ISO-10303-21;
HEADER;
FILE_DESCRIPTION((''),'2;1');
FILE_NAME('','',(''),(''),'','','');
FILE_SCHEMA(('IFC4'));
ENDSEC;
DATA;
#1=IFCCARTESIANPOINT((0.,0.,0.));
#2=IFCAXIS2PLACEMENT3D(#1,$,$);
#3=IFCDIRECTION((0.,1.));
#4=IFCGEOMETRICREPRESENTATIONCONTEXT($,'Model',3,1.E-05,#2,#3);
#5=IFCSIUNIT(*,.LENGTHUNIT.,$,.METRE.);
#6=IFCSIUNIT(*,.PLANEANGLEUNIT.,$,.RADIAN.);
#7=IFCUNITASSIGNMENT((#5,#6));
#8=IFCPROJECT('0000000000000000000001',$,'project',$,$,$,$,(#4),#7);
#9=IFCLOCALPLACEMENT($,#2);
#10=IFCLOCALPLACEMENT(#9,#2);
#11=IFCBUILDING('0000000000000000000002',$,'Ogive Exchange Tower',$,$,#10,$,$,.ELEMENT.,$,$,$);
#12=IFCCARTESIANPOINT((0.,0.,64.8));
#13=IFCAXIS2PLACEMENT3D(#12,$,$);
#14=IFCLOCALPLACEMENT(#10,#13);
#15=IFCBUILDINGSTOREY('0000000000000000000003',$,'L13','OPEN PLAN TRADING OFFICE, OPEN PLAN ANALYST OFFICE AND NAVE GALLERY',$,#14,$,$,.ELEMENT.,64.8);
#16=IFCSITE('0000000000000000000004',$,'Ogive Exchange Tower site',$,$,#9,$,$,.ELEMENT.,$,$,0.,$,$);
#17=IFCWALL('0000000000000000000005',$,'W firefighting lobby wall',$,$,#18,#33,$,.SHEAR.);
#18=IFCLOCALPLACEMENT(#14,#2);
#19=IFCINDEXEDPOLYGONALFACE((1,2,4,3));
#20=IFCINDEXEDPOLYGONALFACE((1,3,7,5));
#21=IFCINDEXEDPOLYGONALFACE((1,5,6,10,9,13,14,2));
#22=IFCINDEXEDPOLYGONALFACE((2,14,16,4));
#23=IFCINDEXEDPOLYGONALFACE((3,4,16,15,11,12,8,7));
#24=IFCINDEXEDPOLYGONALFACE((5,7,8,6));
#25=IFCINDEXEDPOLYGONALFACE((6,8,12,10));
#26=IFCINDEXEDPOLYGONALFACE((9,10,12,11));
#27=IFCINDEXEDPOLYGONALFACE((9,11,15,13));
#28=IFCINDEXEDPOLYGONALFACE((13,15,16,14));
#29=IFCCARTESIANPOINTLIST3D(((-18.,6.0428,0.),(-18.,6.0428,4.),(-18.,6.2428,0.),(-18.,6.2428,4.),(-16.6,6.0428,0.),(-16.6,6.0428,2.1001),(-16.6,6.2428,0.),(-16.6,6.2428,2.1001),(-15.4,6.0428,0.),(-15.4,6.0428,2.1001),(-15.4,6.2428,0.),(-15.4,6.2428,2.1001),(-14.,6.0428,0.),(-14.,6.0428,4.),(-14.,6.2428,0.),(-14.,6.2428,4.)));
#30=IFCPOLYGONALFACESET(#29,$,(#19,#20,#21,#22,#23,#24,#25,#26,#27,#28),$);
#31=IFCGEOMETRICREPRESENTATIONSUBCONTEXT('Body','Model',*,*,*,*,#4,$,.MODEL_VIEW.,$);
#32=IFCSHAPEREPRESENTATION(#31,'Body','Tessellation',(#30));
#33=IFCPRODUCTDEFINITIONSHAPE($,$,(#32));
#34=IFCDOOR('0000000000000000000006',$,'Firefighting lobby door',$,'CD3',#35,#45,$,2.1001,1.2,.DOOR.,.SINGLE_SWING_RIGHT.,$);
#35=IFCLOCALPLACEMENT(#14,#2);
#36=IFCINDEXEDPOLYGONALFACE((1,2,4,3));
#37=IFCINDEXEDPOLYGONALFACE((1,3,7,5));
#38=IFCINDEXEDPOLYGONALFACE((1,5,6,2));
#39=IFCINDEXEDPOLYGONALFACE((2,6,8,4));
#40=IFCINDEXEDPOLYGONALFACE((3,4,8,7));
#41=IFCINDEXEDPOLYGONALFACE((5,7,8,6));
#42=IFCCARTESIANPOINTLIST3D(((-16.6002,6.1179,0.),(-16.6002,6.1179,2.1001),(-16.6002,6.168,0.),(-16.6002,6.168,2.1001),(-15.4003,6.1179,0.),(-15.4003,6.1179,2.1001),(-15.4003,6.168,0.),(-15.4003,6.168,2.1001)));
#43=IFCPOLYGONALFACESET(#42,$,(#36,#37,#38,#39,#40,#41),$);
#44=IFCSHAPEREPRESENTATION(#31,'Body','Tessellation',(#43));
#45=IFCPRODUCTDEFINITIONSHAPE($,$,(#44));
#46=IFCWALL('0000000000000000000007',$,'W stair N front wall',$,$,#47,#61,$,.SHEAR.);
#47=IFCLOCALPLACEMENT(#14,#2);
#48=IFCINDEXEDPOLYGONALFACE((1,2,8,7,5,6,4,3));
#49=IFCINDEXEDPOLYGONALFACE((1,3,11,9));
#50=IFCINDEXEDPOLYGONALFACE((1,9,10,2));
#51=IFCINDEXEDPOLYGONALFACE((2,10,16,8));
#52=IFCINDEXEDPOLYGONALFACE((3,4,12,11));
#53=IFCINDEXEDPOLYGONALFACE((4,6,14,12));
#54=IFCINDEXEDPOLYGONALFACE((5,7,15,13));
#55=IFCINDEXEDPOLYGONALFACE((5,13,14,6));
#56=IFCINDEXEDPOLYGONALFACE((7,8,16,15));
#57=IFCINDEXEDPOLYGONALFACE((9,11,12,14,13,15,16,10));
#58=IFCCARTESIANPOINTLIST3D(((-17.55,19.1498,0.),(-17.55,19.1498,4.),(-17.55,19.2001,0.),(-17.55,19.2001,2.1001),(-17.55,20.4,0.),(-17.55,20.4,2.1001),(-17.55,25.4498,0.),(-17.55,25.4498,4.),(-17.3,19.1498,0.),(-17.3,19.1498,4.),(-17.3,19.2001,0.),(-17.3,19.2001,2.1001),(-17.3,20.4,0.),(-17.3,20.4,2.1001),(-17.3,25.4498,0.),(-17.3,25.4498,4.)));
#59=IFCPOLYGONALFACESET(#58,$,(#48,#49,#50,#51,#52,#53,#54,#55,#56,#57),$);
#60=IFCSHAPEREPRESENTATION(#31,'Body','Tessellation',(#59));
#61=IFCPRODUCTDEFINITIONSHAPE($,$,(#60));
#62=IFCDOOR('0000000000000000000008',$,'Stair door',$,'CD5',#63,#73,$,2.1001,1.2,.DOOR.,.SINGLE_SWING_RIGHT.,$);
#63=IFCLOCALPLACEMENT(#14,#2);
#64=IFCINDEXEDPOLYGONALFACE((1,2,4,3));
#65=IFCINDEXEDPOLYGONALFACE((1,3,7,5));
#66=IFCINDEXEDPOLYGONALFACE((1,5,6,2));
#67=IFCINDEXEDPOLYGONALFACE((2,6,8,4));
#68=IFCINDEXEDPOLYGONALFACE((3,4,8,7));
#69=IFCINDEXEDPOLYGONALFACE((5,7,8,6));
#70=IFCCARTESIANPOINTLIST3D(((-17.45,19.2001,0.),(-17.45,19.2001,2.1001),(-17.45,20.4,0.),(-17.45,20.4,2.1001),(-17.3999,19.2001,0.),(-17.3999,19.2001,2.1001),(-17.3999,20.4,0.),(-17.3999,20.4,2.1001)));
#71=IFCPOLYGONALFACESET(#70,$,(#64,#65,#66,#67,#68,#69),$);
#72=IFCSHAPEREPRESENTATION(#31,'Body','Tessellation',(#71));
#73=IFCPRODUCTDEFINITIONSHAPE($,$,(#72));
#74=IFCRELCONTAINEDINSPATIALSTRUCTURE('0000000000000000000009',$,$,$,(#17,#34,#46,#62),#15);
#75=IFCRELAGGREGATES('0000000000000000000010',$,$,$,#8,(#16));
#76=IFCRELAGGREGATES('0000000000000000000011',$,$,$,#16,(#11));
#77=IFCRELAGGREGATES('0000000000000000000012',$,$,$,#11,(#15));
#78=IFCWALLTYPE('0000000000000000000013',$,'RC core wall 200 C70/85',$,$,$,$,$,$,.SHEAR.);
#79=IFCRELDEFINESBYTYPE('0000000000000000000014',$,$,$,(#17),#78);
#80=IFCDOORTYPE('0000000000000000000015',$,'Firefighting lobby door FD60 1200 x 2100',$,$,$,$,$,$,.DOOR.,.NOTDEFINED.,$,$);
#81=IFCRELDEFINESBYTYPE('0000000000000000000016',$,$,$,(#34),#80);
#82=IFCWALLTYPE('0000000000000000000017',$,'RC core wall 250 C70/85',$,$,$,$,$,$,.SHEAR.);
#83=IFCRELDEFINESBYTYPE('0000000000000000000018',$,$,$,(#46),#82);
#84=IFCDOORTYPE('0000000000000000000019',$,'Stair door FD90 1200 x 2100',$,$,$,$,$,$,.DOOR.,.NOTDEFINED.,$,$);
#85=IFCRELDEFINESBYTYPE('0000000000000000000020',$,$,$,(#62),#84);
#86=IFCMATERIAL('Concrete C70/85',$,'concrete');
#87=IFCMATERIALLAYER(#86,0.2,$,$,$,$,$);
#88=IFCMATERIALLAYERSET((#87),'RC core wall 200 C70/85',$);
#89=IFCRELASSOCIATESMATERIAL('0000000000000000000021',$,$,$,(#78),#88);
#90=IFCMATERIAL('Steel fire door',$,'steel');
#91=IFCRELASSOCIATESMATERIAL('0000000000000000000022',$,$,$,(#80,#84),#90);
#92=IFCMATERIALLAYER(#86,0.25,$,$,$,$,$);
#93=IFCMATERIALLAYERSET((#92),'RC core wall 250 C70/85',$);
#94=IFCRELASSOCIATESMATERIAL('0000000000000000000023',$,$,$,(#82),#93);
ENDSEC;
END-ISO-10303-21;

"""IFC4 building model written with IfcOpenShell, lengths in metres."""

from ifc_helpers import new_model, si_unit, direction, frame, frame_2d, origin, place, context, subcontext, project, spatial, rectangle, extrude, material, layer, layer_set, type_object, element, fill, save


model = new_model("IFC4")

# Units and contexts
model_context = context("Model", 3, precision=1e-05, world=origin(), true_north=direction((0.0, 1.0)))
body_context = subcontext(model_context, "Body", "Model", "MODEL_VIEW")
ifc_project = project(units=[si_unit("LENGTHUNIT", "METRE"), si_unit("PLANEANGLEUNIT", "RADIAN")], contexts=[model_context])

# Site, building, storey
site_placement = place(None, origin())
site = spatial("IfcSite", under=ifc_project, at=site_placement, Name="Ogive Exchange Tower site", CompositionType="ELEMENT", RefElevation=0.0)
building_placement = place(site_placement, origin())
building = spatial("IfcBuilding", under=site, at=building_placement, Name="Ogive Exchange Tower", CompositionType="ELEMENT")
storey_placement = place(building_placement, frame((0.0, 0.0, 64.8)))
storey = spatial("IfcBuildingStorey", under=building, at=storey_placement, Name="L13", Description="OPEN PLAN TRADING OFFICE, OPEN PLAN ANALYST OFFICE AND NAVE GALLERY", CompositionType="ELEMENT", Elevation=64.8)

# Walls, openings, doors
ifc_material_1 = material(Name="Concrete C70/85", Category="concrete")
ifc_layer_1 = layer(ifc_material_1, 0.2)
ifc_layer_set_1 = layer_set([ifc_layer_1], Name="RC core wall 200 C70/85")
wall_type_1 = type_object("IfcWallType", Name="RC core wall 200 C70/85", PredefinedType="SHEAR", material=ifc_layer_set_1)
wall_1_placement = place(storey_placement, frame((-18.0, 6.1428, 0.0), z_axis=(0.0, 0.0, 1.0), x_axis=(1.0, 0.0, 0.0)))
wall_1 = element("IfcWall", 1, at=wall_1_placement, inside=storey, type_object=wall_type_1, Name="W firefighting lobby wall", PredefinedType="SHEAR", context=body_context, shape_type="SweptSolid", body=[
    extrude(rectangle(XDim=4.0, YDim=0.2, at=frame_2d((2.0, 0.0))), origin(), (0.0, 0.0, 1.0), 4.0),
])
opening_1_placement = place(wall_1_placement, frame((1.3999, 0.0, 0.0)))
opening_1 = element("IfcOpeningElement", 2, at=opening_1_placement, cuts=wall_1, PredefinedType="OPENING", context=body_context, shape_type="SweptSolid", body=[
    extrude(rectangle(XDim=1.2, YDim=2.1001, at=frame_2d((0.6001, 1.05))), frame((0.0, 0.1099, 0.0), z_axis=(0.0, -1.0, 0.0), x_axis=(1.0, 0.0, 0.0)), (0.0, 0.0, 1.0), 0.22),
])
ifc_material_2 = material(Name="Steel fire door", Category="steel")
door_type_1 = type_object("IfcDoorType", Name="Firefighting lobby door FD60 1200 x 2100", OperationType="NOTDEFINED", PredefinedType="DOOR", material=ifc_material_2)
door_1_placement = place(opening_1_placement, frame((1.2, 0.0, 0.0), z_axis=(0.0, 0.0, 1.0), x_axis=(-1.0, 0.0, 0.0)))
door_1 = element("IfcDoor", 3, at=door_1_placement, inside=storey, type_object=door_type_1, Name="Firefighting lobby door", ObjectType="CD3", OperationType="SINGLE_SWING_RIGHT", OverallHeight=2.1001, OverallWidth=1.2, PredefinedType="DOOR", context=body_context, shape_type="SweptSolid", body=[
    extrude(rectangle(XDim=1.2, YDim=2.1001, at=frame_2d((0.6001, 1.05))), frame((0.0, 0.0249, 0.0), z_axis=(0.0, -1.0, 0.0), x_axis=(1.0, 0.0, 0.0)), (0.0, 0.0, 1.0), 0.05),
])
fill(opening_1, door_1)
ifc_layer_2 = layer(ifc_material_1, 0.25)
ifc_layer_set_2 = layer_set([ifc_layer_2], Name="RC core wall 250 C70/85")
wall_type_2 = type_object("IfcWallType", Name="RC core wall 250 C70/85", PredefinedType="SHEAR", material=ifc_layer_set_2)
wall_2_placement = place(storey_placement, frame((-17.425, 19.1499, 0.0), z_axis=(0.0, 0.0, 1.0), x_axis=(0.0, 1.0, 0.0)))
wall_2 = element("IfcWall", 4, at=wall_2_placement, inside=storey, type_object=wall_type_2, Name="W stair N front wall", PredefinedType="SHEAR", context=body_context, shape_type="SweptSolid", body=[
    extrude(rectangle(XDim=6.3, YDim=0.25, at=frame_2d((3.1499, 0.0))), origin(), (0.0, 0.0, 1.0), 4.0),
])
opening_2_placement = place(wall_2_placement, frame((0.05, 0.0, 0.0)))
opening_2 = element("IfcOpeningElement", 5, at=opening_2_placement, cuts=wall_2, PredefinedType="OPENING", context=body_context, shape_type="SweptSolid", body=[
    extrude(rectangle(XDim=1.2, YDim=2.1001, at=frame_2d((0.6001, 1.05))), frame((0.0, 0.135, 0.0), z_axis=(0.0, -1.0, 0.0), x_axis=(1.0, 0.0, 0.0)), (0.0, 0.0, 1.0), 0.27),
])
door_type_2 = type_object("IfcDoorType", Name="Stair door FD90 1200 x 2100", OperationType="NOTDEFINED", PredefinedType="DOOR", material=ifc_material_2)
door_2_placement = place(opening_2_placement, origin())
door_2 = element("IfcDoor", 6, at=door_2_placement, inside=storey, type_object=door_type_2, Name="Stair door", ObjectType="CD5", OperationType="SINGLE_SWING_RIGHT", OverallHeight=2.1001, OverallWidth=1.2, PredefinedType="DOOR", context=body_context, shape_type="SweptSolid", body=[
    extrude(rectangle(XDim=1.2, YDim=2.1001, at=frame_2d((0.6001, 1.05))), frame((0.0, 0.0249, 0.0), z_axis=(0.0, -1.0, 0.0), x_axis=(1.0, 0.0, 0.0)), (0.0, 0.0, 1.0), 0.05),
])
fill(opening_2, door_2)

save(model, "model.ifc")
